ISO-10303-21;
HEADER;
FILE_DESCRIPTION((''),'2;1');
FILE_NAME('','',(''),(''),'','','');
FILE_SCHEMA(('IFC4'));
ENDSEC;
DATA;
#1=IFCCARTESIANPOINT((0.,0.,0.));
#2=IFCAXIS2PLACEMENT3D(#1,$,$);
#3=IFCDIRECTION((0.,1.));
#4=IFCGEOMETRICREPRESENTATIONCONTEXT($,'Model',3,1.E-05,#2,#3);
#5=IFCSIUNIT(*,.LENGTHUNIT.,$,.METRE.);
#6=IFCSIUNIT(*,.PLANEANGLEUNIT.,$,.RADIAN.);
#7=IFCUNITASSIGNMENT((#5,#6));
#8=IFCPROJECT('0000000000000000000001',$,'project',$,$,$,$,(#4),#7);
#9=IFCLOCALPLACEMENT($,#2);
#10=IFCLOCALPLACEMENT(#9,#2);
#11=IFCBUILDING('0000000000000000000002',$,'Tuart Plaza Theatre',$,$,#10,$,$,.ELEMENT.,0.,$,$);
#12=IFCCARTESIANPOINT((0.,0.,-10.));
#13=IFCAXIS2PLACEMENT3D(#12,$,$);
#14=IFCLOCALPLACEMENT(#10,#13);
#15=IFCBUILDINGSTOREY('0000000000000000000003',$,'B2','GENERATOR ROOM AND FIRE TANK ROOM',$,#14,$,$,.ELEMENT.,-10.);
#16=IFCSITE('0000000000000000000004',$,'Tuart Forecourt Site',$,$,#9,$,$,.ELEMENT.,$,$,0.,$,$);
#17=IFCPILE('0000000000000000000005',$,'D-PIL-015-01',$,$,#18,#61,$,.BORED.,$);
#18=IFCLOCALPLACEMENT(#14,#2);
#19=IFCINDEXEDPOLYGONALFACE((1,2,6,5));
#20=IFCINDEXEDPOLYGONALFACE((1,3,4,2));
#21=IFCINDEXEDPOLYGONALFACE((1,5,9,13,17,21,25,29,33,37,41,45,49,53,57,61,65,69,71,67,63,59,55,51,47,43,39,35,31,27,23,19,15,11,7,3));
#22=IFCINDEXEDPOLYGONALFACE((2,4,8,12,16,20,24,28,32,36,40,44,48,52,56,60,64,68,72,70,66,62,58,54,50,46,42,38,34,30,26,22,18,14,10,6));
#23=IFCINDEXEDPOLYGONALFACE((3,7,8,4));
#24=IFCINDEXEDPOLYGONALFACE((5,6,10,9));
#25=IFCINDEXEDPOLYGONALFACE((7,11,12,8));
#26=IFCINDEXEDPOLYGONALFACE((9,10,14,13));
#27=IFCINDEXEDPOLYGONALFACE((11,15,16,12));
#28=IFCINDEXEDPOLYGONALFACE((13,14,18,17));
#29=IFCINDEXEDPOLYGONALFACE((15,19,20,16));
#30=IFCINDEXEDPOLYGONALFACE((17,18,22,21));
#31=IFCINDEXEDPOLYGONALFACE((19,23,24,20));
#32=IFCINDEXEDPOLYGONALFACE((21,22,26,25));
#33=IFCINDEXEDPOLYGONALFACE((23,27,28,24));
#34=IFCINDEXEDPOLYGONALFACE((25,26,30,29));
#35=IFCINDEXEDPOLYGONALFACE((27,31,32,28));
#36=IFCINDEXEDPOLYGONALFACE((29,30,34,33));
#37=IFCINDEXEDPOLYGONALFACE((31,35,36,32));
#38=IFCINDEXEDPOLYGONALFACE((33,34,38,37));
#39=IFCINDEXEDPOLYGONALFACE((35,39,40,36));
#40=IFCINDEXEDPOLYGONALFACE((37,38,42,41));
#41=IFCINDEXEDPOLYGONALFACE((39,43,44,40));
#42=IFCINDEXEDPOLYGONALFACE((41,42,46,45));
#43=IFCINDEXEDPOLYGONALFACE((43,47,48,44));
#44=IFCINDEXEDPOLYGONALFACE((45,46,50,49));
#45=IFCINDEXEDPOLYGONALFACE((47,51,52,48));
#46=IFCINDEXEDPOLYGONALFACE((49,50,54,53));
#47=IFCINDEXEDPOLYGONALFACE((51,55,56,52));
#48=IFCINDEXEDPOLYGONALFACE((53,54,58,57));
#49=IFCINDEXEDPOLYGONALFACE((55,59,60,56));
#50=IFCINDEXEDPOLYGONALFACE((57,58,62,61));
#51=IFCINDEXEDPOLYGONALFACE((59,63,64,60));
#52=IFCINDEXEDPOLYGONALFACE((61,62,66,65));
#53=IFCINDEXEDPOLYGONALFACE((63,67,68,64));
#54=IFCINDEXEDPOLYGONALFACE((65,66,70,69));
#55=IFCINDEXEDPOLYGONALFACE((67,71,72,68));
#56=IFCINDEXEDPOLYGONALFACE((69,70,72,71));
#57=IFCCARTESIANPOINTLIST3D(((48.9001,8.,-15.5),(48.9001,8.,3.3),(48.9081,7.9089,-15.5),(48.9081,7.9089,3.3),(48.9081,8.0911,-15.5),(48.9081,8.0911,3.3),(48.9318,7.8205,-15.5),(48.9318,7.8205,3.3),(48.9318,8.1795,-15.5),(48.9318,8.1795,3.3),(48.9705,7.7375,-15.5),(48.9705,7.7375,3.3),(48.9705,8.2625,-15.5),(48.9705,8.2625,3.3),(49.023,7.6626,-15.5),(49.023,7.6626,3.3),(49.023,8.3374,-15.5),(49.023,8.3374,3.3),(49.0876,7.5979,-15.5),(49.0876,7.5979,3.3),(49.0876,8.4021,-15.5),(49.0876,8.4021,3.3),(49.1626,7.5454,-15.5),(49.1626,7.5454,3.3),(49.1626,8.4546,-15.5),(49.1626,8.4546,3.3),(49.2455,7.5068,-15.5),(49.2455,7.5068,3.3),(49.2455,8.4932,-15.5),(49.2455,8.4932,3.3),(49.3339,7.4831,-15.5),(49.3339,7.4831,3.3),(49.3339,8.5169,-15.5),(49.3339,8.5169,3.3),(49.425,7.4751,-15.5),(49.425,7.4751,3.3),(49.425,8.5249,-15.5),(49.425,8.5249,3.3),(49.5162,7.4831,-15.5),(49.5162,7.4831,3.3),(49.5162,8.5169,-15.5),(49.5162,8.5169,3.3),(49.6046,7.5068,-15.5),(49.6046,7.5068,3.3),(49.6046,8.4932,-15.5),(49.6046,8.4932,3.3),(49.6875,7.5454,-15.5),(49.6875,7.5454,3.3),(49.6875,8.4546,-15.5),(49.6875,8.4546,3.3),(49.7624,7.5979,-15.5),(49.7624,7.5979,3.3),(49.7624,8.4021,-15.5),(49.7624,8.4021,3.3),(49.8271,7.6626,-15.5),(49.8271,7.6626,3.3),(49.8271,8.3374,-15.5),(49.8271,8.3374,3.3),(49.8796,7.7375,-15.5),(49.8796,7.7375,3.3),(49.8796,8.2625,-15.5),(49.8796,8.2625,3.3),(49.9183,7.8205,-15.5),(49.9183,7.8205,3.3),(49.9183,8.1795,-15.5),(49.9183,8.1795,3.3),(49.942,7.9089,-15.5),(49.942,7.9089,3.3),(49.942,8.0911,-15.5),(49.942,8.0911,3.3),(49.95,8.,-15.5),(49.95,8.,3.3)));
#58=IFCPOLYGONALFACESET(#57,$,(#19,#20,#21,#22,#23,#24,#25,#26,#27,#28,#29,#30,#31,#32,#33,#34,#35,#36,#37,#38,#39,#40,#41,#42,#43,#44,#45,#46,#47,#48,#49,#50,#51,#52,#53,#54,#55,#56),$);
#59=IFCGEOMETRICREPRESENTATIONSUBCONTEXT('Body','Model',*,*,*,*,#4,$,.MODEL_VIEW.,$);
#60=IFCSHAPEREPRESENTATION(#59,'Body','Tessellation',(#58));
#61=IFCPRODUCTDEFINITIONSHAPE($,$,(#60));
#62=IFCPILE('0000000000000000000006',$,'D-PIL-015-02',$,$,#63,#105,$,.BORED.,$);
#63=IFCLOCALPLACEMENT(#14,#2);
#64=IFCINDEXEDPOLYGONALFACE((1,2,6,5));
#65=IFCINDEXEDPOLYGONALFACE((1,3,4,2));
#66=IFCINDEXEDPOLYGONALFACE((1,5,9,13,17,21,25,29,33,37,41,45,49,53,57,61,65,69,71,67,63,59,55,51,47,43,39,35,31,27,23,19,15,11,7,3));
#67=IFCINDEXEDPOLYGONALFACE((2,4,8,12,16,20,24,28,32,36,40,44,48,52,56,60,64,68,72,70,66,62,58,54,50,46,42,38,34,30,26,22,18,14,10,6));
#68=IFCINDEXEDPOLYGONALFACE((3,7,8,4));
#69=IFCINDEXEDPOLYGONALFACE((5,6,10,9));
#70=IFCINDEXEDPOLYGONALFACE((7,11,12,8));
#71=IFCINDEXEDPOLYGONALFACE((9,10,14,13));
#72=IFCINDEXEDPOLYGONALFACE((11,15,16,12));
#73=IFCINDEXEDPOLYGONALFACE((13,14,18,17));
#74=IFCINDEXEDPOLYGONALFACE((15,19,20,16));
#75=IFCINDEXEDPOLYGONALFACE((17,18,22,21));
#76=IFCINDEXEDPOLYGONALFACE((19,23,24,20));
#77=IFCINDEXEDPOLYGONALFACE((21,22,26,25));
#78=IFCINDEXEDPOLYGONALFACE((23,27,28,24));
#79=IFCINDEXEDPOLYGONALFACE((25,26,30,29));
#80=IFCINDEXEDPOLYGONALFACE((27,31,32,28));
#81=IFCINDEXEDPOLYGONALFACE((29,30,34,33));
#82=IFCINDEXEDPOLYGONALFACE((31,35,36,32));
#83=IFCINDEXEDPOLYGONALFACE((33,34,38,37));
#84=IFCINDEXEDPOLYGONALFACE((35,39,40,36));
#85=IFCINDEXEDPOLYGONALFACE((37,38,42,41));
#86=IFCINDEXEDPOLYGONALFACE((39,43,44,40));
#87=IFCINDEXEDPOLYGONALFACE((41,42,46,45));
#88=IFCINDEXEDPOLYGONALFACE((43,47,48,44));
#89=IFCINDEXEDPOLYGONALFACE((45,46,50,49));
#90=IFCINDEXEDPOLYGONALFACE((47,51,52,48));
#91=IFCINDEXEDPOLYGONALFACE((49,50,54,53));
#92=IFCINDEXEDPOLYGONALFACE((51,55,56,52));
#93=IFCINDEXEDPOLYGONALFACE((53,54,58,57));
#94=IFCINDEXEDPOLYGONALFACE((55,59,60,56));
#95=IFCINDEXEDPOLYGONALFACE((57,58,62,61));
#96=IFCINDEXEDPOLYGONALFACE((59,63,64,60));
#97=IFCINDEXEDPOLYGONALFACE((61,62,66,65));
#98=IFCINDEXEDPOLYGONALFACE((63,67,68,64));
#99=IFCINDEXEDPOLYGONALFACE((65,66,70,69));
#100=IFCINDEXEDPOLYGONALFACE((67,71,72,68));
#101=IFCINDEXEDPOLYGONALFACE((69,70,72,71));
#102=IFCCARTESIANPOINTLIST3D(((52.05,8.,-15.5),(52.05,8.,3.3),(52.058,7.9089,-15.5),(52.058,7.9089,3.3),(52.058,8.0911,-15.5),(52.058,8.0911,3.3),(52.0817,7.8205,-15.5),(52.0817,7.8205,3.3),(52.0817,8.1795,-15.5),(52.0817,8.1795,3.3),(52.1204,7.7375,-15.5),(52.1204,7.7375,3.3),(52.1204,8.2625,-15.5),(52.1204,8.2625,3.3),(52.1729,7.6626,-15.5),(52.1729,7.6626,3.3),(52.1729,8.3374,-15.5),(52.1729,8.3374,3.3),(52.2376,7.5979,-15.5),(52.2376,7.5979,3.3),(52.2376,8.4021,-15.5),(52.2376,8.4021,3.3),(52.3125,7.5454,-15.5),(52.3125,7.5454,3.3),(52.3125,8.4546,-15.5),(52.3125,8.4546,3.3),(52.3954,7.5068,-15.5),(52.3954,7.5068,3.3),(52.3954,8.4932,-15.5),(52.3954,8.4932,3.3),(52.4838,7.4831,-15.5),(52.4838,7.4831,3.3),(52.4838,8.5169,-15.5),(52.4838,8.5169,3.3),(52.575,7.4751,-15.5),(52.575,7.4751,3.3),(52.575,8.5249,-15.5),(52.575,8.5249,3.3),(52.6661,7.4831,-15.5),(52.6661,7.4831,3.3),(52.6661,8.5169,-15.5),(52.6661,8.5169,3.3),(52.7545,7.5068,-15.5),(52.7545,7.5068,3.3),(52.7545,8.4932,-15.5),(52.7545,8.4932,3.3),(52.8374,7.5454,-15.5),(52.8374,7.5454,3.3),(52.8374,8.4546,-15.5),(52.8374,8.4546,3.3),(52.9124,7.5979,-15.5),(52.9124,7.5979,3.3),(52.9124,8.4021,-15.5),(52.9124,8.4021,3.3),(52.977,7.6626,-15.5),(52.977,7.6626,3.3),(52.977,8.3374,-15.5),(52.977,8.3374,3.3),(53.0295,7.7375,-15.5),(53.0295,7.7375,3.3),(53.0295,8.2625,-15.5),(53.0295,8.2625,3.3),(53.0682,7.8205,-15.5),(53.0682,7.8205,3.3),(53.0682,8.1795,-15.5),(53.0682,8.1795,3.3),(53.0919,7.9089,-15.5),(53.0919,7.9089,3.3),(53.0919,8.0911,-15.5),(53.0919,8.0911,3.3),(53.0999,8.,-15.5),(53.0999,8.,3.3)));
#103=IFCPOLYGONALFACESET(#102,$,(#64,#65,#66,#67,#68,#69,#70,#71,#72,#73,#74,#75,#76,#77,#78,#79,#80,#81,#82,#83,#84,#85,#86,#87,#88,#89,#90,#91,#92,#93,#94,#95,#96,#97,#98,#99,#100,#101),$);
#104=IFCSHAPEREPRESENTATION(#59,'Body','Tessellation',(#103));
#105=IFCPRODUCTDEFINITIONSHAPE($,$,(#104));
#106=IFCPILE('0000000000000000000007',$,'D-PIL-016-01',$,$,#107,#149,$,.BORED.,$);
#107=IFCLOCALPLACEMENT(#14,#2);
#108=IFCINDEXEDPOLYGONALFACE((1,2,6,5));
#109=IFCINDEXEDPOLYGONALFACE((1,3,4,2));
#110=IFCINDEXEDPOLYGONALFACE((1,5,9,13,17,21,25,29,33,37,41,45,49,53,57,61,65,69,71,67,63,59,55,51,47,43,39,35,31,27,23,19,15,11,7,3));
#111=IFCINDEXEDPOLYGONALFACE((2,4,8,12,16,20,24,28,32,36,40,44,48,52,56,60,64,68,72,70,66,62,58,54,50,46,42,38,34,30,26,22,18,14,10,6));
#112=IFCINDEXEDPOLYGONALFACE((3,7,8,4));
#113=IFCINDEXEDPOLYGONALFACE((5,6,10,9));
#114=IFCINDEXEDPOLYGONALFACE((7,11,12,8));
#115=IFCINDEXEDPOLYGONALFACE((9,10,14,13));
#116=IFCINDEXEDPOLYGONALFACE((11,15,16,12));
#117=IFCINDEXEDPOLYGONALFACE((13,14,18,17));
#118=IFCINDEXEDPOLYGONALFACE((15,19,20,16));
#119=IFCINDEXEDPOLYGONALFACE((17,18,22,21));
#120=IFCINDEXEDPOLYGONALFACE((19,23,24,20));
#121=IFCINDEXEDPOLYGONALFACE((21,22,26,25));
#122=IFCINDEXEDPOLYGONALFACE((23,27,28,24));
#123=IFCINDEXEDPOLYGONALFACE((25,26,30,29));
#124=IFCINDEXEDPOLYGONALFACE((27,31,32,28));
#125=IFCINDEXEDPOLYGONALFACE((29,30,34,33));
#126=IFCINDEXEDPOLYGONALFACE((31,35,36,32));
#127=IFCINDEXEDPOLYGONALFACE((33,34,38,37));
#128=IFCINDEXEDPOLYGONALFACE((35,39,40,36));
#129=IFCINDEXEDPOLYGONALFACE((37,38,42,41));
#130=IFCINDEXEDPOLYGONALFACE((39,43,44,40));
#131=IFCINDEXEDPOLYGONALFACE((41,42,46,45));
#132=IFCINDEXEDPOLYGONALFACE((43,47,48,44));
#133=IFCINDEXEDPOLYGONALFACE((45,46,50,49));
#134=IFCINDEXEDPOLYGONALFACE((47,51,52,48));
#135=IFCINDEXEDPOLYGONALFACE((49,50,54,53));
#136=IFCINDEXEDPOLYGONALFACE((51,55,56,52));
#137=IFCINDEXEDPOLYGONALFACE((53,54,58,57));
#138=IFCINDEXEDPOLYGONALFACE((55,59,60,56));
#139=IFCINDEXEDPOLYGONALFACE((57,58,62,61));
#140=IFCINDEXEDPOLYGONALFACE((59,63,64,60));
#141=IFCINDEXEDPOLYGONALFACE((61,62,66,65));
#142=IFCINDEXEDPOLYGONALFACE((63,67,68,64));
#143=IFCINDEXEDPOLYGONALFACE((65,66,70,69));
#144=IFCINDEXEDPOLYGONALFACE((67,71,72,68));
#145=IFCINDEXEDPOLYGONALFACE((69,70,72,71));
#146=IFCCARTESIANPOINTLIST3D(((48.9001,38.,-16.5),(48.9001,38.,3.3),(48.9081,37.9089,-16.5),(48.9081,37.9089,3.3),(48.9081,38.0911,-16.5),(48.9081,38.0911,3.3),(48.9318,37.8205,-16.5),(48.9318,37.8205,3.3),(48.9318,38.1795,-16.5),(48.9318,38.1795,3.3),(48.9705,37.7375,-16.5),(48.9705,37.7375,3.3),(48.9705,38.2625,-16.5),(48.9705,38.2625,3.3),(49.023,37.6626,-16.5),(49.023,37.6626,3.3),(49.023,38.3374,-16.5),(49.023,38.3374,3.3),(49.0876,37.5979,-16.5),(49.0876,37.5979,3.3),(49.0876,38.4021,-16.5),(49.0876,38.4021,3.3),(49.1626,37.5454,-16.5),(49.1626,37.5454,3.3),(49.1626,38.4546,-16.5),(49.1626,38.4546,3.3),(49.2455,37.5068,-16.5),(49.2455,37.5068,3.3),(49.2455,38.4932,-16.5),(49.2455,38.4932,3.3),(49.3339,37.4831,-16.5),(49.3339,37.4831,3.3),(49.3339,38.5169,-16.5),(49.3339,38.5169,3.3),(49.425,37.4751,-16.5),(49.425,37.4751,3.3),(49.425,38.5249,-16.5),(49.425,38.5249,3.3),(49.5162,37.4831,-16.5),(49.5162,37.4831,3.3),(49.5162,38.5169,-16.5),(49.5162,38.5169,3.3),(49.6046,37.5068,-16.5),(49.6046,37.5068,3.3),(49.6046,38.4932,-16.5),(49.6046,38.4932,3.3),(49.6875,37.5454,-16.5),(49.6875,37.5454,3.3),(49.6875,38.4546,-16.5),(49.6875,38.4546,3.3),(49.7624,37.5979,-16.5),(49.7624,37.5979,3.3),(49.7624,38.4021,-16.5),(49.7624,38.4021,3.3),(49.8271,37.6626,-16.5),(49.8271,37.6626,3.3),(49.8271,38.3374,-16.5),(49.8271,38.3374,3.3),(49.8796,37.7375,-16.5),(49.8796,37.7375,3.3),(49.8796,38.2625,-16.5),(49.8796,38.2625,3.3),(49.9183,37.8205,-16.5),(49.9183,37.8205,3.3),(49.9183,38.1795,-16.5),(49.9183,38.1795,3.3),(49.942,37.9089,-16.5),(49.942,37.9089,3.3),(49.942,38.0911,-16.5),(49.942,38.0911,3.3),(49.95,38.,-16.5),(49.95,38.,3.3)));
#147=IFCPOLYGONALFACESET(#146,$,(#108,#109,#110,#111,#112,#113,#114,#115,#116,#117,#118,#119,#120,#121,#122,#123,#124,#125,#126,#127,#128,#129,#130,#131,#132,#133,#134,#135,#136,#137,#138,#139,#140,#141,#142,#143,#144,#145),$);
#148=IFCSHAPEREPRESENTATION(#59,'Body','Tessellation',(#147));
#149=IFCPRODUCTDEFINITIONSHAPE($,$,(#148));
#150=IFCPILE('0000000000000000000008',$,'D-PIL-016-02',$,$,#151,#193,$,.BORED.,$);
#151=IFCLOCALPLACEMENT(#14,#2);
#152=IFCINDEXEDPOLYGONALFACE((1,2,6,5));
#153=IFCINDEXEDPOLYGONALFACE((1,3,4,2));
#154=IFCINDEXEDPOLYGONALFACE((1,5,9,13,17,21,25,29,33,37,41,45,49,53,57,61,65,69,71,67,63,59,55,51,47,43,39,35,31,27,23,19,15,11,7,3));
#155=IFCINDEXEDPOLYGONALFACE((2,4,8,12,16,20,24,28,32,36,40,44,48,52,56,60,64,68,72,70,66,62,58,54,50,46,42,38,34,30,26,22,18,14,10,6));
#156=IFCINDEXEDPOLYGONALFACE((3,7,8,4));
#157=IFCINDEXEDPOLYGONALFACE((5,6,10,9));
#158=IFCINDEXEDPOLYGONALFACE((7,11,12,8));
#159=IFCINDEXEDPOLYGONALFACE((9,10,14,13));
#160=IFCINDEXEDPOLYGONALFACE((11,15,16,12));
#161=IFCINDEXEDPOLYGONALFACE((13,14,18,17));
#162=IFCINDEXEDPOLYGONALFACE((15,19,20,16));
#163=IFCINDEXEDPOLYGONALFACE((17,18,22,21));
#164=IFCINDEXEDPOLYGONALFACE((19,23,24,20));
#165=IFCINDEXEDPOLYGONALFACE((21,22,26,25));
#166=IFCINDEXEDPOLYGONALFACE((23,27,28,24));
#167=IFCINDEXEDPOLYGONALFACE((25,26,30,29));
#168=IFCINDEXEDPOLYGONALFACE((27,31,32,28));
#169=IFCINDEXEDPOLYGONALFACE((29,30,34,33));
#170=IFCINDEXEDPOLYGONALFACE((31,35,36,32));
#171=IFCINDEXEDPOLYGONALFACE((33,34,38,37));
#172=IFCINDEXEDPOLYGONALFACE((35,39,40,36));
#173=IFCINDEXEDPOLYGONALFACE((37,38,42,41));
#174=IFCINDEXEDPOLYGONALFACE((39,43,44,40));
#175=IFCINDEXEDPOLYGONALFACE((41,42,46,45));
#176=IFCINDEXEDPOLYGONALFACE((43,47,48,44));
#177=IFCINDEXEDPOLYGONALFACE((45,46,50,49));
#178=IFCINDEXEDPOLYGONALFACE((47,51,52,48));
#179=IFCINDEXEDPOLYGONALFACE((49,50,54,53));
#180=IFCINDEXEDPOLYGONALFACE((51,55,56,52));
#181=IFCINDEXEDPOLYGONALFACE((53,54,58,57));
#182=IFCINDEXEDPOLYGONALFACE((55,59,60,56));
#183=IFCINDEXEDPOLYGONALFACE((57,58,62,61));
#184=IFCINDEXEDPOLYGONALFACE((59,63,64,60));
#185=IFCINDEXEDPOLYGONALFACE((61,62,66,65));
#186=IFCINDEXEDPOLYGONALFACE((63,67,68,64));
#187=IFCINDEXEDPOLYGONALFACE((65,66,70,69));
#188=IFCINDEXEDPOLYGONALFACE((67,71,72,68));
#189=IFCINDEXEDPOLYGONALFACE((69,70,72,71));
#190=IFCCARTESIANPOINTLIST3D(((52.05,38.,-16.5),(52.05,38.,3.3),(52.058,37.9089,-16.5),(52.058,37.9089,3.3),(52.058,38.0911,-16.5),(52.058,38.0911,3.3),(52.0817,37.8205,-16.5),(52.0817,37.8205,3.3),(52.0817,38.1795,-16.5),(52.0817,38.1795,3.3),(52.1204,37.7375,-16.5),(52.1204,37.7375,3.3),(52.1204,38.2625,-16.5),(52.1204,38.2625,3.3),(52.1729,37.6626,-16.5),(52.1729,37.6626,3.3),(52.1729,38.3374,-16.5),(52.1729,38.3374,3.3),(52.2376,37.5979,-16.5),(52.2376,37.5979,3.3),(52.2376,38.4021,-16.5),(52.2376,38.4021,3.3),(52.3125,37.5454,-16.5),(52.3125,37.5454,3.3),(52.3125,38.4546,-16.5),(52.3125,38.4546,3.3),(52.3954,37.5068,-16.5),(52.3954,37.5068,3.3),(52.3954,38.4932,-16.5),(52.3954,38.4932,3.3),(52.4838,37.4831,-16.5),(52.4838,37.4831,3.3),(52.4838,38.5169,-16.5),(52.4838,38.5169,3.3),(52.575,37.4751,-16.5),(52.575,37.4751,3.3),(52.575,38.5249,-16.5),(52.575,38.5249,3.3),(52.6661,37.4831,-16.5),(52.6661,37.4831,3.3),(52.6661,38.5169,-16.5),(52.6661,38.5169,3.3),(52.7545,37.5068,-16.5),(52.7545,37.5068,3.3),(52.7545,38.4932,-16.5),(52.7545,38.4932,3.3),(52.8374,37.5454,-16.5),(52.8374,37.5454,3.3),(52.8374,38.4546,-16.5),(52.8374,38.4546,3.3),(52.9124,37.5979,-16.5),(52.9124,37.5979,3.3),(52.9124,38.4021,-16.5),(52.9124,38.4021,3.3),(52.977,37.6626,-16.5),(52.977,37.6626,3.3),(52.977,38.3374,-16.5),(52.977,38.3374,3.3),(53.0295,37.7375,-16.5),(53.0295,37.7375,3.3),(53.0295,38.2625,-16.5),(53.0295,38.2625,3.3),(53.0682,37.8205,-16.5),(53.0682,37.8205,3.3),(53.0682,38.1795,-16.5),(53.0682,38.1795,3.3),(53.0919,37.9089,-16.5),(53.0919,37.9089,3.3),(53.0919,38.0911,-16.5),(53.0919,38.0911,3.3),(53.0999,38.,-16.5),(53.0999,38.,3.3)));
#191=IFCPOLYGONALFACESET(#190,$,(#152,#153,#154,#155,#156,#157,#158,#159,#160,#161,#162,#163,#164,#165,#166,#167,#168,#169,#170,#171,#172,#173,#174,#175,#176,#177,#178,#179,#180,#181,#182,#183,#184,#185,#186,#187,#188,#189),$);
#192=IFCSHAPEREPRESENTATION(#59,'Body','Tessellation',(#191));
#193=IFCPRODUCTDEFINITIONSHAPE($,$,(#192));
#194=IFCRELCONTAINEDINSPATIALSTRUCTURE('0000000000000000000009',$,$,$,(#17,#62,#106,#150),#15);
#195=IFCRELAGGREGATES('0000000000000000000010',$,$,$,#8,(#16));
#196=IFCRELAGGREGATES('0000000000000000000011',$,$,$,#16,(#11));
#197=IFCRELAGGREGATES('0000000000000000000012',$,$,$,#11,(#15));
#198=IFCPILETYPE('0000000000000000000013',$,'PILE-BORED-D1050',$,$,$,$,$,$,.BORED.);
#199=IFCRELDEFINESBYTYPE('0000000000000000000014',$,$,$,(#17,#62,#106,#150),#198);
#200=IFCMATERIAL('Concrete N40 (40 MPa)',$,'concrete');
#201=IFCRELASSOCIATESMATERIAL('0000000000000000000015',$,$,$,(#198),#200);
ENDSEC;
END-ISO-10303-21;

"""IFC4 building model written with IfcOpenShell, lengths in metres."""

from ifc_helpers import new_model, si_unit, direction, frame, origin, origin_2d, place, context, subcontext, project, spatial, circle, extrude, material, material_profile, profile_set, type_object, element, save


model = new_model("IFC4")

# Units and contexts
model_context = context("Model", 3, precision=1e-05, world=origin(), true_north=direction((0.0, 1.0)))
body_context = subcontext(model_context, "Body", "Model", "MODEL_VIEW")
ifc_project = project(units=[si_unit("LENGTHUNIT", "METRE"), si_unit("PLANEANGLEUNIT", "RADIAN")], contexts=[model_context])

# Site, building, storey
site_placement = place(None, origin())
site = spatial("IfcSite", under=ifc_project, at=site_placement, Name="Tuart Forecourt Site", CompositionType="ELEMENT", RefElevation=0.0)
building_placement = place(site_placement, origin())
building = spatial("IfcBuilding", under=site, at=building_placement, Name="Tuart Plaza Theatre", CompositionType="ELEMENT", ElevationOfRefHeight=0.0)
storey_placement = place(building_placement, frame((0.0, 0.0, -10.0)))
storey = spatial("IfcBuildingStorey", under=building, at=storey_placement, Name="B2", Description="GENERATOR ROOM AND FIRE TANK ROOM", CompositionType="ELEMENT", Elevation=-10.0)

# Piles
ifc_material_1 = material(Name="Concrete N40 (40 MPa)", Category="concrete")
ifc_material_profile_1 = material_profile(ifc_material_1, circle(Radius=0.5249, at=origin_2d()), Name="PILE-BORED-D1050")
ifc_profile_set_1 = profile_set([ifc_material_profile_1], Name="Concrete N40 (40 MPa)")
pile_type_1 = type_object("IfcPileType", Name="PILE-BORED-D1050", PredefinedType="BORED", material=ifc_profile_set_1)
for number, where, z_axis, x_axis, name in (
    (1, (49.425, 8.0, 3.3), (0.0, 0.0, -1.0), (1.0, 0.0, 0.0), "D-PIL-015-01"),
    (2, (52.575, 8.0, 3.3), (0.0, 0.0, -1.0), (1.0, 0.0, 0.0), "D-PIL-015-02"),
):
    element("IfcPile", number, at=place(storey_placement, frame(where, z_axis=z_axis, x_axis=x_axis)), inside=storey, type_object=pile_type_1, Name=name, PredefinedType="BORED", context=body_context, shape_type="SweptSolid", body=[
        extrude(circle(Radius=0.5249, at=origin_2d()), origin(), (0.0, 0.0, 1.0), 18.8),
    ])
for number, where, z_axis, x_axis, name in (
    (3, (49.425, 38.0, 3.3), (0.0, 0.0, -1.0), (1.0, 0.0, 0.0), "D-PIL-016-01"),
    (4, (52.575, 38.0, 3.3), (0.0, 0.0, -1.0), (1.0, 0.0, 0.0), "D-PIL-016-02"),
):
    element("IfcPile", number, at=place(storey_placement, frame(where, z_axis=z_axis, x_axis=x_axis)), inside=storey, type_object=pile_type_1, Name=name, PredefinedType="BORED", context=body_context, shape_type="SweptSolid", body=[
        extrude(circle(Radius=0.5249, at=origin_2d()), origin(), (0.0, 0.0, 1.0), 19.8),
    ])

save(model, "model.ifc")
